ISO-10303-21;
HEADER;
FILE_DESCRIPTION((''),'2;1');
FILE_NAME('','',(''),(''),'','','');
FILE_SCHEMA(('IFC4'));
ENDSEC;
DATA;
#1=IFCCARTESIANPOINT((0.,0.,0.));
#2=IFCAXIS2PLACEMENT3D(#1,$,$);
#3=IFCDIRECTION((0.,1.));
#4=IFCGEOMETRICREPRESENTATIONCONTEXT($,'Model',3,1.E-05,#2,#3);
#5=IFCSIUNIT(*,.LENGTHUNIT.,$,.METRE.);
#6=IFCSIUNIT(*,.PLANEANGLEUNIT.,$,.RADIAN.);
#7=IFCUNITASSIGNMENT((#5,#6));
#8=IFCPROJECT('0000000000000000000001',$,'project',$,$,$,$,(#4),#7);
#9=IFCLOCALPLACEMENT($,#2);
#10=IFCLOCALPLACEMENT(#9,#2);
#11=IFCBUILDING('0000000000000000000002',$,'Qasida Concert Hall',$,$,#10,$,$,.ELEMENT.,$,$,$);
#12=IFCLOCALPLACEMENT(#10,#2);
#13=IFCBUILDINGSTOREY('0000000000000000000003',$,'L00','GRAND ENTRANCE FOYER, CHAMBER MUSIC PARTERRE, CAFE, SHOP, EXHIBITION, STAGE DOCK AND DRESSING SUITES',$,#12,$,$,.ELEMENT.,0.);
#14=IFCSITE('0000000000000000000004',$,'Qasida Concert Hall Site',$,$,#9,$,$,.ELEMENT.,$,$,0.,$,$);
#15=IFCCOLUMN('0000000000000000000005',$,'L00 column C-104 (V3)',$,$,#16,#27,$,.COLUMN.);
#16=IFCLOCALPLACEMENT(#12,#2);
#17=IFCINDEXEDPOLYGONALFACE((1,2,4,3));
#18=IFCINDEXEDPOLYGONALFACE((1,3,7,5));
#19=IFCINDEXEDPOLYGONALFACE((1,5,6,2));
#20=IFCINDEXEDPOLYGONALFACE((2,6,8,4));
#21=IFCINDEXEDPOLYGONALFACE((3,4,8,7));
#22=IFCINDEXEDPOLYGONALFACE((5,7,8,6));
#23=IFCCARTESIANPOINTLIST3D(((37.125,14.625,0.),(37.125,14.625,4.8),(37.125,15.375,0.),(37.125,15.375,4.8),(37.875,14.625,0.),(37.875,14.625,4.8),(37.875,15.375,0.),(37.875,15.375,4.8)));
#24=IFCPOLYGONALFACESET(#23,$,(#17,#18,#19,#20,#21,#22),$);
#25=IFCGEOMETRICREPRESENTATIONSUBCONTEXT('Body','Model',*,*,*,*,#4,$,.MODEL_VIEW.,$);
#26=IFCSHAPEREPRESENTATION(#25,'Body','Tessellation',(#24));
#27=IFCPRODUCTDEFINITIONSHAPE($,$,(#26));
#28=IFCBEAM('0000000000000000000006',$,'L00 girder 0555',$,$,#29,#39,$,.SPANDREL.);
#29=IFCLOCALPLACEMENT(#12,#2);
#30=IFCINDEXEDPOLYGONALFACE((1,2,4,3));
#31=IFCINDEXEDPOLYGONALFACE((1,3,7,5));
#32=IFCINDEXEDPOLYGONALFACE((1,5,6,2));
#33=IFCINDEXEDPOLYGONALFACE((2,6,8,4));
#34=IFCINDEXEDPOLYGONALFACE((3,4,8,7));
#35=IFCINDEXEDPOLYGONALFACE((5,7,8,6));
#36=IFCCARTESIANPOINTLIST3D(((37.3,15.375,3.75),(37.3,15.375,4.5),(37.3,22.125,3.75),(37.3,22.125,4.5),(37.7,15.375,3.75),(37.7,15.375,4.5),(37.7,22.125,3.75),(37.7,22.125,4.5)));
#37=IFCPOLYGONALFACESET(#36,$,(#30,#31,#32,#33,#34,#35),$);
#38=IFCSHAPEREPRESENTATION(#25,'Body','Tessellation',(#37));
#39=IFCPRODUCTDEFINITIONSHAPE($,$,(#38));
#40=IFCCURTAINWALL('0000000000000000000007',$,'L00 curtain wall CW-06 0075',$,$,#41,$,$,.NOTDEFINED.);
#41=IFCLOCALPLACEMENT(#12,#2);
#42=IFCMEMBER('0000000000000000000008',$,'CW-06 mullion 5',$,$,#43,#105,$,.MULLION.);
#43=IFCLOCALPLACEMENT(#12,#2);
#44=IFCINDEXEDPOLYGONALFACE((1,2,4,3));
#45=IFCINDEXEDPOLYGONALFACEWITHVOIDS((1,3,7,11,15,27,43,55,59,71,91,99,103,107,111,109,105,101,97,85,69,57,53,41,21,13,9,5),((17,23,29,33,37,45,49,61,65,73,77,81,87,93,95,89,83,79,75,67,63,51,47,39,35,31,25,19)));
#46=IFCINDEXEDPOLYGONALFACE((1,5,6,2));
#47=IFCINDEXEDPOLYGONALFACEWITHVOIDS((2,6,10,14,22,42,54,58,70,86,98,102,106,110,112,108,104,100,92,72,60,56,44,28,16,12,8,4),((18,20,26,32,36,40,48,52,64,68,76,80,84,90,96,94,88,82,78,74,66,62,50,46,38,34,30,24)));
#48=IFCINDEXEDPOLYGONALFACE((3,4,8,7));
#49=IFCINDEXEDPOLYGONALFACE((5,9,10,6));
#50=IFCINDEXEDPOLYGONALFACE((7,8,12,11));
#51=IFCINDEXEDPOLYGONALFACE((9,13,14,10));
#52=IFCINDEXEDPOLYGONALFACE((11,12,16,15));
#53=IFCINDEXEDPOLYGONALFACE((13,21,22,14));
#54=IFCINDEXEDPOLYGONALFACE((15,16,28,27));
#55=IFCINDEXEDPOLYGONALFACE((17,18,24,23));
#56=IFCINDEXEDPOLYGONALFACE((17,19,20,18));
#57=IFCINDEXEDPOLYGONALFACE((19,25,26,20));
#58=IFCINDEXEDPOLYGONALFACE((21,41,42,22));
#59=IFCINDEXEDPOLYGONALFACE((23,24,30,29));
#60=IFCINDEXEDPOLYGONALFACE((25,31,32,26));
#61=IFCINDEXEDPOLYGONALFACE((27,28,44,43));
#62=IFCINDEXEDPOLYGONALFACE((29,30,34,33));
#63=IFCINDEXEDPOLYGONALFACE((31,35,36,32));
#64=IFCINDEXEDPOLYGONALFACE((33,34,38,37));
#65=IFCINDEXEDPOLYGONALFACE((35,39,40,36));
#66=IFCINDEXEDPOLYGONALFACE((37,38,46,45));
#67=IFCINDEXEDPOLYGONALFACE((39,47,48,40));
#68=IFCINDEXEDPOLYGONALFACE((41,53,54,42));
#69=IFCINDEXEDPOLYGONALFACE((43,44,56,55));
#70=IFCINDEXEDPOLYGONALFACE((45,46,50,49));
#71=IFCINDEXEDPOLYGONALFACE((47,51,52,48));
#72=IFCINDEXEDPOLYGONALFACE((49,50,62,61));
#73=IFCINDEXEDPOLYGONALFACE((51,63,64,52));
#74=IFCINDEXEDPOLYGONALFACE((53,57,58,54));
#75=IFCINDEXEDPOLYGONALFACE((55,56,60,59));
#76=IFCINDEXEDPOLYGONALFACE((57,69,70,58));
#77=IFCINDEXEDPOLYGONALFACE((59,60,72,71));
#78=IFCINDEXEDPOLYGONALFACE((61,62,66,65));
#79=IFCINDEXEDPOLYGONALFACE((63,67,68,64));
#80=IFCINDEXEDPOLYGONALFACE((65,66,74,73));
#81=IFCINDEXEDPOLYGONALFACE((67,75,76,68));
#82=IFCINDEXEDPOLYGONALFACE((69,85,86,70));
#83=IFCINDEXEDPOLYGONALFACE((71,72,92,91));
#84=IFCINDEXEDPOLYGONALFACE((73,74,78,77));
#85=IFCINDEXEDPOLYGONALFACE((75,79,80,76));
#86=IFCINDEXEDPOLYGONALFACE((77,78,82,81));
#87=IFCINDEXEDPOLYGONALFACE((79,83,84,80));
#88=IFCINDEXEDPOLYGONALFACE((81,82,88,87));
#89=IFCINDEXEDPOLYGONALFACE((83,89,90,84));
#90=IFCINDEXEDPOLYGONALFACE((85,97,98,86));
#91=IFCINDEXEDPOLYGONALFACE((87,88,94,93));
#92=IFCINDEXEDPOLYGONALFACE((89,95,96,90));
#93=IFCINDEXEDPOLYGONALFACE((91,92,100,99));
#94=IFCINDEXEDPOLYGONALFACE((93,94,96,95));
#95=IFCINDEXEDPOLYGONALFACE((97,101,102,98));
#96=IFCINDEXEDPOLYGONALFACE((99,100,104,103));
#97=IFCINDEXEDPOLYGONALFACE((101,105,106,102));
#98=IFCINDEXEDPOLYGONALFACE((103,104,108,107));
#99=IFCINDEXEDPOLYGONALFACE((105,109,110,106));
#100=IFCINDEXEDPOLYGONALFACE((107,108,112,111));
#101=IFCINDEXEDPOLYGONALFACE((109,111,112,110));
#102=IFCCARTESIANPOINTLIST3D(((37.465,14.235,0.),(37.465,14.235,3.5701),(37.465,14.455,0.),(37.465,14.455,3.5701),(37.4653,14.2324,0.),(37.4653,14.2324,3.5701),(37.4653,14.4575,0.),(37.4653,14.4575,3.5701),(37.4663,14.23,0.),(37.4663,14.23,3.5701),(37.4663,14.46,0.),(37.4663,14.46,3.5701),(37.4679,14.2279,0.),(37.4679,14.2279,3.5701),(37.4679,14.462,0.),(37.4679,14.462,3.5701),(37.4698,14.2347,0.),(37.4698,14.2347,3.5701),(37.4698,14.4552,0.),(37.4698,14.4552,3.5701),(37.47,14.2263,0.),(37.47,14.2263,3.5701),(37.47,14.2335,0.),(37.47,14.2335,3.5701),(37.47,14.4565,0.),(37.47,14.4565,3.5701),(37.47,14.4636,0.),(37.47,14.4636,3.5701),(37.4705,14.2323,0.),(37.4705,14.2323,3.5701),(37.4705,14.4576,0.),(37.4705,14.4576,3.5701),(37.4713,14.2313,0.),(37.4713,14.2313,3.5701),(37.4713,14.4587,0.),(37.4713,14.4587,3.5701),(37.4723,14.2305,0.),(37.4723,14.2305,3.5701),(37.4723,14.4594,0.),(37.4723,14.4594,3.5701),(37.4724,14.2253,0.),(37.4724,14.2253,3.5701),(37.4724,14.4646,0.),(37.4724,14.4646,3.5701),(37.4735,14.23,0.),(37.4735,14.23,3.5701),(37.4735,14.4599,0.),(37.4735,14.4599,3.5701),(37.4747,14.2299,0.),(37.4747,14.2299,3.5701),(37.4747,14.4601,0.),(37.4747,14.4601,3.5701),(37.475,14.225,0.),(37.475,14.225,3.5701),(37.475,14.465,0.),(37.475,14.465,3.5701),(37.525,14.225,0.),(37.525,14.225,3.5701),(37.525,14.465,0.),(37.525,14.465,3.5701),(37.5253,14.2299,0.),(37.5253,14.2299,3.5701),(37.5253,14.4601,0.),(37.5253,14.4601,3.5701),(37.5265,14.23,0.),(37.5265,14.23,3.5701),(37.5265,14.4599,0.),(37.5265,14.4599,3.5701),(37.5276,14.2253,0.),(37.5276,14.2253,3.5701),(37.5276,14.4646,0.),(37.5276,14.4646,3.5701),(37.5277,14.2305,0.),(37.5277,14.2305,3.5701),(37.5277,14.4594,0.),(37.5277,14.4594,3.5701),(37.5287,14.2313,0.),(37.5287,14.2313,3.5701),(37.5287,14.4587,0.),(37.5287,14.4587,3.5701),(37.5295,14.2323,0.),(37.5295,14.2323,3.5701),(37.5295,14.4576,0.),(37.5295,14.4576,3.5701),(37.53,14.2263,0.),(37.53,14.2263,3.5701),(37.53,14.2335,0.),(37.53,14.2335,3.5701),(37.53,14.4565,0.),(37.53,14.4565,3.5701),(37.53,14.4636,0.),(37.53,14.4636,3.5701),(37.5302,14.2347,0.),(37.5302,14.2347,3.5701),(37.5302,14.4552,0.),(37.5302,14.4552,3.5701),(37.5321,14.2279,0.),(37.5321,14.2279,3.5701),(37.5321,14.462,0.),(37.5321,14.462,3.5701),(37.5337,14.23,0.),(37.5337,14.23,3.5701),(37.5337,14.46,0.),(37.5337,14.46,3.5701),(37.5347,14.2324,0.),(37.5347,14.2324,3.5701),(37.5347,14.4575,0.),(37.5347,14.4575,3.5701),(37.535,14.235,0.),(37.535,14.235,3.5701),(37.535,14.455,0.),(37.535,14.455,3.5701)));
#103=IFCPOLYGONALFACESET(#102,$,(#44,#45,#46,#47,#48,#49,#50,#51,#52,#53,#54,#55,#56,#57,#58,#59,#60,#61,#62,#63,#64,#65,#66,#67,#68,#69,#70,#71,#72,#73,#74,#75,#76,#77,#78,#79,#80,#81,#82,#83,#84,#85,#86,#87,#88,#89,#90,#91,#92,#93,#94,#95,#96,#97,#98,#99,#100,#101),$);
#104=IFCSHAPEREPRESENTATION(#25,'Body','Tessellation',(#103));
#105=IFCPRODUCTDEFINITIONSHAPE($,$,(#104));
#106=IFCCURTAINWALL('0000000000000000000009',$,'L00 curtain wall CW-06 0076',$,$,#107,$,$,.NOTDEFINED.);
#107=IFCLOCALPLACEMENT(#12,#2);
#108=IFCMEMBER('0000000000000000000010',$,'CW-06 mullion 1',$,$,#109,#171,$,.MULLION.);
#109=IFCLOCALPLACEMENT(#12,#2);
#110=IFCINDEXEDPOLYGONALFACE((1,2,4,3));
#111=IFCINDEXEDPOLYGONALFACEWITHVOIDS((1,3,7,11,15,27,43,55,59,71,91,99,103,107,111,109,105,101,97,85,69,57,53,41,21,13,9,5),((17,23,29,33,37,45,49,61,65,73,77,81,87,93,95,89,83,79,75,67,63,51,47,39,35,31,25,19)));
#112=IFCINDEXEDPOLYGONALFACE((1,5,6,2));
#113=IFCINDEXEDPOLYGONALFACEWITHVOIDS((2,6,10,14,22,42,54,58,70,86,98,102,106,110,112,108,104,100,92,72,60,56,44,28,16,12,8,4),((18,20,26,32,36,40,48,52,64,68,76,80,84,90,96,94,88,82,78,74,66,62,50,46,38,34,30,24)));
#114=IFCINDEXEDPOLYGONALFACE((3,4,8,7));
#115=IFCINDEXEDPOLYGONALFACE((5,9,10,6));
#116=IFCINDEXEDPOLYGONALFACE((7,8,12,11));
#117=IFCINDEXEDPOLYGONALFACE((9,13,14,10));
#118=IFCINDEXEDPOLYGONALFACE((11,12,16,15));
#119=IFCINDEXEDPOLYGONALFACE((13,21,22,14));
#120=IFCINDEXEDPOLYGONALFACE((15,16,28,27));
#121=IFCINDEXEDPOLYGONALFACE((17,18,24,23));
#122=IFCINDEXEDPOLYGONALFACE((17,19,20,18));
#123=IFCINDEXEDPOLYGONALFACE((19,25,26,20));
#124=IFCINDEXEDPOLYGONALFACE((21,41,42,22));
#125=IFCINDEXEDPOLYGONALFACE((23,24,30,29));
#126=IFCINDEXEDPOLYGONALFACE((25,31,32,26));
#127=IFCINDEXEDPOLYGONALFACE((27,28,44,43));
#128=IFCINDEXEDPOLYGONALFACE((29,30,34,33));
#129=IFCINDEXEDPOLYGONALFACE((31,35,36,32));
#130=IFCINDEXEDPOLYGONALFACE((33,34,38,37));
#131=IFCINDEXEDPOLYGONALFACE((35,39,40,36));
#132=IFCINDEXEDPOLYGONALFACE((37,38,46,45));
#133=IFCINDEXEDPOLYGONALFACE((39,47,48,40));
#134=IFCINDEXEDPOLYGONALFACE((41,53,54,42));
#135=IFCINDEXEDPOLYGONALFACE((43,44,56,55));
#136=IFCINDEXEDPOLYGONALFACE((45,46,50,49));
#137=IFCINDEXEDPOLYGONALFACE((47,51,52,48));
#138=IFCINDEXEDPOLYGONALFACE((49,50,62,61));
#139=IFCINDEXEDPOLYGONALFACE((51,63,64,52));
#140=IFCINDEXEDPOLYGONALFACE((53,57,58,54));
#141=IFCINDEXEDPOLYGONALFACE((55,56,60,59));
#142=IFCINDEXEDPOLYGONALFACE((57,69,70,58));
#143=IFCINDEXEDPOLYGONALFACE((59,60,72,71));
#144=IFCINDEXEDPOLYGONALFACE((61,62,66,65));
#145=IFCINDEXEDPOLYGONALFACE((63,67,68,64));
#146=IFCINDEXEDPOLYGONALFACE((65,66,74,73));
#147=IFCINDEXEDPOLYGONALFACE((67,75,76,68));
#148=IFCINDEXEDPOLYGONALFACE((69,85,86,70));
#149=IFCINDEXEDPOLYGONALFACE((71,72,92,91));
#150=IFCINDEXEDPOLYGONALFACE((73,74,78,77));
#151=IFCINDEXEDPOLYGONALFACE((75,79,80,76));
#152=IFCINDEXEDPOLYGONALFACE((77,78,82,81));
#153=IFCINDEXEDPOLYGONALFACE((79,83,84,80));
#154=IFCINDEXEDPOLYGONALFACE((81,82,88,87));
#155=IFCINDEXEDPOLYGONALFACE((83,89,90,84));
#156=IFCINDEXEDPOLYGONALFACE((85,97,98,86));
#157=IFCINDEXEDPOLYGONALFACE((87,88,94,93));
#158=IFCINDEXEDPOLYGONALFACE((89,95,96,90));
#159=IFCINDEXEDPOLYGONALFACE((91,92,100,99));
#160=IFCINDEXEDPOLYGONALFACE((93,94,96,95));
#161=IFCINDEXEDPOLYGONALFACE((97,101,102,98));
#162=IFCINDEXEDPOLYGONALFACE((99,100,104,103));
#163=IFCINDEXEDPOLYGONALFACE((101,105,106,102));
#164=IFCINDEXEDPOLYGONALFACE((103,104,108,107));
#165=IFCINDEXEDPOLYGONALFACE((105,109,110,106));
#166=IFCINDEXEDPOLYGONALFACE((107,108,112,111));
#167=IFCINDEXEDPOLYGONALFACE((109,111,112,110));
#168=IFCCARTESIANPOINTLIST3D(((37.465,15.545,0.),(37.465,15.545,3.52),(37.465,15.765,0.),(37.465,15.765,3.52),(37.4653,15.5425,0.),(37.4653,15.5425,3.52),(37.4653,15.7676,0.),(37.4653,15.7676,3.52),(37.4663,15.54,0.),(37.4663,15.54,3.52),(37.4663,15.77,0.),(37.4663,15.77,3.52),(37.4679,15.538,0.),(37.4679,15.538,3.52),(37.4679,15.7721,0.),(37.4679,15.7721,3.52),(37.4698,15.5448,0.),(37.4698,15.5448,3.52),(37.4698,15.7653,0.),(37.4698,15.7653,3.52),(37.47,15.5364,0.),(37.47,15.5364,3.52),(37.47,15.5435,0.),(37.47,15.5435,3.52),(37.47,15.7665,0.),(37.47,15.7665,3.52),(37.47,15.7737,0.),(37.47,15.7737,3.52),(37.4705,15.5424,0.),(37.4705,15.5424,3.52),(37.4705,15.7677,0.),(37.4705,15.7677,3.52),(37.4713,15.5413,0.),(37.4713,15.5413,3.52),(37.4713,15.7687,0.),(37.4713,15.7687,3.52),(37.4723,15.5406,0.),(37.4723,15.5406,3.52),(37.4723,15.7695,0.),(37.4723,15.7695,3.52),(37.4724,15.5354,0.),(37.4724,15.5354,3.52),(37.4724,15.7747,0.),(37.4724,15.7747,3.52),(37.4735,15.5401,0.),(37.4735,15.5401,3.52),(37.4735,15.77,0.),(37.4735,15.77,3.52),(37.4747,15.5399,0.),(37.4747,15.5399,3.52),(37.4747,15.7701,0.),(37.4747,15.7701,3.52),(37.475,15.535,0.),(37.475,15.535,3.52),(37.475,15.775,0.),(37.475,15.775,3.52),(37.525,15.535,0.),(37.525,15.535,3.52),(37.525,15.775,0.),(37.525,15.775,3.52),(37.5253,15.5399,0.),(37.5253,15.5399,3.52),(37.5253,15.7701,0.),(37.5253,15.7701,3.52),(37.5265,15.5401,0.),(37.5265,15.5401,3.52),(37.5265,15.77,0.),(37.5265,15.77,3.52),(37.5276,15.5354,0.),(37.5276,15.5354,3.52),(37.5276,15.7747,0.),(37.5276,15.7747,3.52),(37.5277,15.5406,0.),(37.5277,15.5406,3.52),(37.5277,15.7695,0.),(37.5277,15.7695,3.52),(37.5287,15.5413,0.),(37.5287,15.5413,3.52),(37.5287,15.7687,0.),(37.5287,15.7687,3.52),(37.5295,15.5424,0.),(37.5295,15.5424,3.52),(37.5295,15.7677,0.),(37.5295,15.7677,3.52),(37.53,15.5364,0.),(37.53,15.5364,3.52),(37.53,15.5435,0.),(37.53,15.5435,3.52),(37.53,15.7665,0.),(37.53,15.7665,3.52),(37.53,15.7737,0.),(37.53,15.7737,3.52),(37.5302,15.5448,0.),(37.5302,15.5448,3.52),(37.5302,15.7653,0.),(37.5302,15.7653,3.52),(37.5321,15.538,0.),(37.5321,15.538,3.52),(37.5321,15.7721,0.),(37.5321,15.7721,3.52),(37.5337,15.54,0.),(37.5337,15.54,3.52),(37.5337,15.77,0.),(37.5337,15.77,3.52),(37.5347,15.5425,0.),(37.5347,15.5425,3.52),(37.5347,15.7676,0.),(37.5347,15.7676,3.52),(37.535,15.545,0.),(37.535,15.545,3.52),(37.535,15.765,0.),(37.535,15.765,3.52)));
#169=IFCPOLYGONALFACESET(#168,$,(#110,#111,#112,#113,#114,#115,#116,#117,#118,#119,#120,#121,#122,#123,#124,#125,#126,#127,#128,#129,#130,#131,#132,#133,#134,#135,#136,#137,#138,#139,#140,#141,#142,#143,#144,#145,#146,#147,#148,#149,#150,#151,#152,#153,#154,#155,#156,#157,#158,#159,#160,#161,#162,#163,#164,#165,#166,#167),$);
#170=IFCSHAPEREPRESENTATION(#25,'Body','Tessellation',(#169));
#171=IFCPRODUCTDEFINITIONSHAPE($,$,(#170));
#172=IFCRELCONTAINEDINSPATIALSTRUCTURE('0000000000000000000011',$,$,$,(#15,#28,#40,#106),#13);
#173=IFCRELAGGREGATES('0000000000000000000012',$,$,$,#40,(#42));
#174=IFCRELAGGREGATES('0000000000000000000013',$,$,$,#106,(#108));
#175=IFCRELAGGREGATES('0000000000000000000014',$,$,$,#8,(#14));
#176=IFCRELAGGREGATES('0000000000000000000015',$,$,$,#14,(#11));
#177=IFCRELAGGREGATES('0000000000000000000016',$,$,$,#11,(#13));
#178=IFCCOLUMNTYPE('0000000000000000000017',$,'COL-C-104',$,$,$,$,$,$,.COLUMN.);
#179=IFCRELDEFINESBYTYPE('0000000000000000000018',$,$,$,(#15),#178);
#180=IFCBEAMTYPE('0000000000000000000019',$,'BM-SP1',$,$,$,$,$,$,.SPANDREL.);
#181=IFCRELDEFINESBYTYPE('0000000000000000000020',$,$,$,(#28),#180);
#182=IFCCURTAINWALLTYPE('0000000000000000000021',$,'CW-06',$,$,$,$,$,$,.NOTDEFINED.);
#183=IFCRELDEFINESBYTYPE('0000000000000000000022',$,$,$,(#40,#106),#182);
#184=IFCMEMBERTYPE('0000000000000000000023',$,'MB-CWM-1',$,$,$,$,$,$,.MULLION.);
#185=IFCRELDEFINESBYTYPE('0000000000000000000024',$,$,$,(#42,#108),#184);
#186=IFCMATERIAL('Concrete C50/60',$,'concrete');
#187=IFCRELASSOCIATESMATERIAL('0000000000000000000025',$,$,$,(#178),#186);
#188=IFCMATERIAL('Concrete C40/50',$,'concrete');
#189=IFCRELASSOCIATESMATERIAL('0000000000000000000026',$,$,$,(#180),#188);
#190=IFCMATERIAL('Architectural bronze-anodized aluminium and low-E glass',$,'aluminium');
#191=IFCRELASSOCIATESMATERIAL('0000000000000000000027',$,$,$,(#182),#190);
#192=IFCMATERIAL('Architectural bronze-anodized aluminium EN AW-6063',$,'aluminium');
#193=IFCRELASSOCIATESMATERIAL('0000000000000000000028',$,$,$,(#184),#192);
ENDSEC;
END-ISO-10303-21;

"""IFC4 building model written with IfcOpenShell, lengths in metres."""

from ifc_helpers import new_model, si_unit, direction, frame, origin, origin_2d, place, context, subcontext, project, spatial, rectangle, hollow_rectangle, extrude, material, material_profile, profile_set, type_object, element, aggregate, save


model = new_model("IFC4")

# Units and contexts
model_context = context("Model", 3, precision=1e-05, world=origin(), true_north=direction((0.0, 1.0)))
body_context = subcontext(model_context, "Body", "Model", "MODEL_VIEW")
ifc_project = project(units=[si_unit("LENGTHUNIT", "METRE"), si_unit("PLANEANGLEUNIT", "RADIAN")], contexts=[model_context])

# Site, building, storey
site_placement = place(None, origin())
site = spatial("IfcSite", under=ifc_project, at=site_placement, Name="Qasida Concert Hall Site", CompositionType="ELEMENT", RefElevation=0.0)
building_placement = place(site_placement, origin())
building = spatial("IfcBuilding", under=site, at=building_placement, Name="Qasida Concert Hall", CompositionType="ELEMENT")
storey_placement = place(building_placement, origin())
storey = spatial("IfcBuildingStorey", under=building, at=storey_placement, Name="L00", Description="GRAND ENTRANCE FOYER, CHAMBER MUSIC PARTERRE, CAFE, SHOP, EXHIBITION, STAGE DOCK AND DRESSING SUITES", CompositionType="ELEMENT", Elevation=0.0)

# Column
ifc_material_1 = material(Name="Concrete C50/60", Category="concrete")
ifc_material_profile_1 = material_profile(ifc_material_1, rectangle(XDim=0.75, YDim=0.75, at=origin_2d()), Name="RC 750x750")
ifc_profile_set_1 = profile_set([ifc_material_profile_1], Name="Concrete C50/60")
column_type = type_object("IfcColumnType", Name="COL-C-104", PredefinedType="COLUMN", material=ifc_profile_set_1)
column_placement = place(storey_placement, frame((37.5, 15.0, 0.0), z_axis=(0.0, 0.0, 1.0), x_axis=(1.0, 0.0, 0.0)))
element("IfcColumn", 1, at=column_placement, inside=storey, type_object=column_type, Name="L00 column C-104 (V3)", PredefinedType="COLUMN", context=body_context, shape_type="SweptSolid", body=[
    extrude(rectangle(XDim=0.75, YDim=0.75, at=origin_2d()), origin(), (0.0, 0.0, 1.0), 4.8),
])

# Beam
ifc_material_2 = material(Name="Concrete C40/50", Category="concrete")
ifc_material_profile_2 = material_profile(ifc_material_2, rectangle(XDim=0.3999, YDim=0.75, at=origin_2d()), Name="RC 400x750")
ifc_profile_set_2 = profile_set([ifc_material_profile_2], Name="Concrete C40/50")
beam_type = type_object("IfcBeamType", Name="BM-SP1", PredefinedType="SPANDREL", material=ifc_profile_set_2)
beam_placement = place(storey_placement, frame((37.5, 15.375, 4.125), z_axis=(0.0, 1.0, 0.0), x_axis=(-1.0, 0.0, 0.0)))
element("IfcBeam", 2, at=beam_placement, inside=storey, type_object=beam_type, Name="L00 girder 0555", PredefinedType="SPANDREL", context=body_context, shape_type="SweptSolid", body=[
    extrude(rectangle(XDim=0.3999, YDim=0.75, at=origin_2d()), origin(), (0.0, 0.0, 1.0), 6.75),
])

# Curtain wall, member
ifc_material_3 = material(Name="Architectural bronze-anodized aluminium and low-E glass", Category="aluminium")
curtain_wall_type = type_object("IfcCurtainWallType", Name="CW-06", PredefinedType="NOTDEFINED", material=ifc_material_3)
curtain_wall_1_placement = place(storey_placement, origin())
curtain_wall_1 = element("IfcCurtainWall", 3, at=curtain_wall_1_placement, inside=storey, type_object=curtain_wall_type, Name="L00 curtain wall CW-06 0075", PredefinedType="NOTDEFINED")
ifc_material_4 = material(Name="Architectural bronze-anodized aluminium EN AW-6063", Category="aluminium")
ifc_material_profile_3 = material_profile(ifc_material_4, hollow_rectangle(XDim=0.0701, YDim=0.24, WallThickness=0.0049, InnerFilletRadius=0.0049, OuterFilletRadius=0.01, at=origin_2d()), Name="CWM 240x70x5")
ifc_profile_set_3 = profile_set([ifc_material_profile_3], Name="Architectural bronze-anodized aluminium EN AW-6063")
member_type_1 = type_object("IfcMemberType", Name="MB-CWM-1", PredefinedType="MULLION", material=ifc_profile_set_3)
member_1_placement = place(storey_placement, frame((37.5, 14.345, 0.0), z_axis=(0.0, 0.0, 1.0), x_axis=(-1.0, 0.0, 0.0)))
member_1 = element("IfcMember", 4, at=member_1_placement, type_object=member_type_1, Name="CW-06 mullion 5", PredefinedType="MULLION", context=body_context, shape_type="SweptSolid", body=[
    extrude(hollow_rectangle(XDim=0.0701, YDim=0.24, WallThickness=0.0049, InnerFilletRadius=0.0049, OuterFilletRadius=0.01, at=origin_2d()), origin(), (0.0, 0.0, 1.0), 3.5701),
])

# Curtain wall, member
curtain_wall_2_placement = place(storey_placement, origin())
curtain_wall_2 = element("IfcCurtainWall", 5, at=curtain_wall_2_placement, inside=storey, type_object=curtain_wall_type, Name="L00 curtain wall CW-06 0076", PredefinedType="NOTDEFINED")
member_2_placement = place(storey_placement, frame((37.5, 15.655, 0.0), z_axis=(0.0, 0.0, 1.0), x_axis=(-1.0, 0.0, 0.0)))
member_2 = element("IfcMember", 6, at=member_2_placement, type_object=member_type_1, Name="CW-06 mullion 1", PredefinedType="MULLION", context=body_context, shape_type="SweptSolid", body=[
    extrude(hollow_rectangle(XDim=0.0701, YDim=0.24, WallThickness=0.0049, InnerFilletRadius=0.0049, OuterFilletRadius=0.01, at=origin_2d()), origin(), (0.0, 0.0, 1.0), 3.52),
])

aggregate(curtain_wall_1, [member_1])
aggregate(curtain_wall_2, [member_2])

save(model, "model.ifc")
